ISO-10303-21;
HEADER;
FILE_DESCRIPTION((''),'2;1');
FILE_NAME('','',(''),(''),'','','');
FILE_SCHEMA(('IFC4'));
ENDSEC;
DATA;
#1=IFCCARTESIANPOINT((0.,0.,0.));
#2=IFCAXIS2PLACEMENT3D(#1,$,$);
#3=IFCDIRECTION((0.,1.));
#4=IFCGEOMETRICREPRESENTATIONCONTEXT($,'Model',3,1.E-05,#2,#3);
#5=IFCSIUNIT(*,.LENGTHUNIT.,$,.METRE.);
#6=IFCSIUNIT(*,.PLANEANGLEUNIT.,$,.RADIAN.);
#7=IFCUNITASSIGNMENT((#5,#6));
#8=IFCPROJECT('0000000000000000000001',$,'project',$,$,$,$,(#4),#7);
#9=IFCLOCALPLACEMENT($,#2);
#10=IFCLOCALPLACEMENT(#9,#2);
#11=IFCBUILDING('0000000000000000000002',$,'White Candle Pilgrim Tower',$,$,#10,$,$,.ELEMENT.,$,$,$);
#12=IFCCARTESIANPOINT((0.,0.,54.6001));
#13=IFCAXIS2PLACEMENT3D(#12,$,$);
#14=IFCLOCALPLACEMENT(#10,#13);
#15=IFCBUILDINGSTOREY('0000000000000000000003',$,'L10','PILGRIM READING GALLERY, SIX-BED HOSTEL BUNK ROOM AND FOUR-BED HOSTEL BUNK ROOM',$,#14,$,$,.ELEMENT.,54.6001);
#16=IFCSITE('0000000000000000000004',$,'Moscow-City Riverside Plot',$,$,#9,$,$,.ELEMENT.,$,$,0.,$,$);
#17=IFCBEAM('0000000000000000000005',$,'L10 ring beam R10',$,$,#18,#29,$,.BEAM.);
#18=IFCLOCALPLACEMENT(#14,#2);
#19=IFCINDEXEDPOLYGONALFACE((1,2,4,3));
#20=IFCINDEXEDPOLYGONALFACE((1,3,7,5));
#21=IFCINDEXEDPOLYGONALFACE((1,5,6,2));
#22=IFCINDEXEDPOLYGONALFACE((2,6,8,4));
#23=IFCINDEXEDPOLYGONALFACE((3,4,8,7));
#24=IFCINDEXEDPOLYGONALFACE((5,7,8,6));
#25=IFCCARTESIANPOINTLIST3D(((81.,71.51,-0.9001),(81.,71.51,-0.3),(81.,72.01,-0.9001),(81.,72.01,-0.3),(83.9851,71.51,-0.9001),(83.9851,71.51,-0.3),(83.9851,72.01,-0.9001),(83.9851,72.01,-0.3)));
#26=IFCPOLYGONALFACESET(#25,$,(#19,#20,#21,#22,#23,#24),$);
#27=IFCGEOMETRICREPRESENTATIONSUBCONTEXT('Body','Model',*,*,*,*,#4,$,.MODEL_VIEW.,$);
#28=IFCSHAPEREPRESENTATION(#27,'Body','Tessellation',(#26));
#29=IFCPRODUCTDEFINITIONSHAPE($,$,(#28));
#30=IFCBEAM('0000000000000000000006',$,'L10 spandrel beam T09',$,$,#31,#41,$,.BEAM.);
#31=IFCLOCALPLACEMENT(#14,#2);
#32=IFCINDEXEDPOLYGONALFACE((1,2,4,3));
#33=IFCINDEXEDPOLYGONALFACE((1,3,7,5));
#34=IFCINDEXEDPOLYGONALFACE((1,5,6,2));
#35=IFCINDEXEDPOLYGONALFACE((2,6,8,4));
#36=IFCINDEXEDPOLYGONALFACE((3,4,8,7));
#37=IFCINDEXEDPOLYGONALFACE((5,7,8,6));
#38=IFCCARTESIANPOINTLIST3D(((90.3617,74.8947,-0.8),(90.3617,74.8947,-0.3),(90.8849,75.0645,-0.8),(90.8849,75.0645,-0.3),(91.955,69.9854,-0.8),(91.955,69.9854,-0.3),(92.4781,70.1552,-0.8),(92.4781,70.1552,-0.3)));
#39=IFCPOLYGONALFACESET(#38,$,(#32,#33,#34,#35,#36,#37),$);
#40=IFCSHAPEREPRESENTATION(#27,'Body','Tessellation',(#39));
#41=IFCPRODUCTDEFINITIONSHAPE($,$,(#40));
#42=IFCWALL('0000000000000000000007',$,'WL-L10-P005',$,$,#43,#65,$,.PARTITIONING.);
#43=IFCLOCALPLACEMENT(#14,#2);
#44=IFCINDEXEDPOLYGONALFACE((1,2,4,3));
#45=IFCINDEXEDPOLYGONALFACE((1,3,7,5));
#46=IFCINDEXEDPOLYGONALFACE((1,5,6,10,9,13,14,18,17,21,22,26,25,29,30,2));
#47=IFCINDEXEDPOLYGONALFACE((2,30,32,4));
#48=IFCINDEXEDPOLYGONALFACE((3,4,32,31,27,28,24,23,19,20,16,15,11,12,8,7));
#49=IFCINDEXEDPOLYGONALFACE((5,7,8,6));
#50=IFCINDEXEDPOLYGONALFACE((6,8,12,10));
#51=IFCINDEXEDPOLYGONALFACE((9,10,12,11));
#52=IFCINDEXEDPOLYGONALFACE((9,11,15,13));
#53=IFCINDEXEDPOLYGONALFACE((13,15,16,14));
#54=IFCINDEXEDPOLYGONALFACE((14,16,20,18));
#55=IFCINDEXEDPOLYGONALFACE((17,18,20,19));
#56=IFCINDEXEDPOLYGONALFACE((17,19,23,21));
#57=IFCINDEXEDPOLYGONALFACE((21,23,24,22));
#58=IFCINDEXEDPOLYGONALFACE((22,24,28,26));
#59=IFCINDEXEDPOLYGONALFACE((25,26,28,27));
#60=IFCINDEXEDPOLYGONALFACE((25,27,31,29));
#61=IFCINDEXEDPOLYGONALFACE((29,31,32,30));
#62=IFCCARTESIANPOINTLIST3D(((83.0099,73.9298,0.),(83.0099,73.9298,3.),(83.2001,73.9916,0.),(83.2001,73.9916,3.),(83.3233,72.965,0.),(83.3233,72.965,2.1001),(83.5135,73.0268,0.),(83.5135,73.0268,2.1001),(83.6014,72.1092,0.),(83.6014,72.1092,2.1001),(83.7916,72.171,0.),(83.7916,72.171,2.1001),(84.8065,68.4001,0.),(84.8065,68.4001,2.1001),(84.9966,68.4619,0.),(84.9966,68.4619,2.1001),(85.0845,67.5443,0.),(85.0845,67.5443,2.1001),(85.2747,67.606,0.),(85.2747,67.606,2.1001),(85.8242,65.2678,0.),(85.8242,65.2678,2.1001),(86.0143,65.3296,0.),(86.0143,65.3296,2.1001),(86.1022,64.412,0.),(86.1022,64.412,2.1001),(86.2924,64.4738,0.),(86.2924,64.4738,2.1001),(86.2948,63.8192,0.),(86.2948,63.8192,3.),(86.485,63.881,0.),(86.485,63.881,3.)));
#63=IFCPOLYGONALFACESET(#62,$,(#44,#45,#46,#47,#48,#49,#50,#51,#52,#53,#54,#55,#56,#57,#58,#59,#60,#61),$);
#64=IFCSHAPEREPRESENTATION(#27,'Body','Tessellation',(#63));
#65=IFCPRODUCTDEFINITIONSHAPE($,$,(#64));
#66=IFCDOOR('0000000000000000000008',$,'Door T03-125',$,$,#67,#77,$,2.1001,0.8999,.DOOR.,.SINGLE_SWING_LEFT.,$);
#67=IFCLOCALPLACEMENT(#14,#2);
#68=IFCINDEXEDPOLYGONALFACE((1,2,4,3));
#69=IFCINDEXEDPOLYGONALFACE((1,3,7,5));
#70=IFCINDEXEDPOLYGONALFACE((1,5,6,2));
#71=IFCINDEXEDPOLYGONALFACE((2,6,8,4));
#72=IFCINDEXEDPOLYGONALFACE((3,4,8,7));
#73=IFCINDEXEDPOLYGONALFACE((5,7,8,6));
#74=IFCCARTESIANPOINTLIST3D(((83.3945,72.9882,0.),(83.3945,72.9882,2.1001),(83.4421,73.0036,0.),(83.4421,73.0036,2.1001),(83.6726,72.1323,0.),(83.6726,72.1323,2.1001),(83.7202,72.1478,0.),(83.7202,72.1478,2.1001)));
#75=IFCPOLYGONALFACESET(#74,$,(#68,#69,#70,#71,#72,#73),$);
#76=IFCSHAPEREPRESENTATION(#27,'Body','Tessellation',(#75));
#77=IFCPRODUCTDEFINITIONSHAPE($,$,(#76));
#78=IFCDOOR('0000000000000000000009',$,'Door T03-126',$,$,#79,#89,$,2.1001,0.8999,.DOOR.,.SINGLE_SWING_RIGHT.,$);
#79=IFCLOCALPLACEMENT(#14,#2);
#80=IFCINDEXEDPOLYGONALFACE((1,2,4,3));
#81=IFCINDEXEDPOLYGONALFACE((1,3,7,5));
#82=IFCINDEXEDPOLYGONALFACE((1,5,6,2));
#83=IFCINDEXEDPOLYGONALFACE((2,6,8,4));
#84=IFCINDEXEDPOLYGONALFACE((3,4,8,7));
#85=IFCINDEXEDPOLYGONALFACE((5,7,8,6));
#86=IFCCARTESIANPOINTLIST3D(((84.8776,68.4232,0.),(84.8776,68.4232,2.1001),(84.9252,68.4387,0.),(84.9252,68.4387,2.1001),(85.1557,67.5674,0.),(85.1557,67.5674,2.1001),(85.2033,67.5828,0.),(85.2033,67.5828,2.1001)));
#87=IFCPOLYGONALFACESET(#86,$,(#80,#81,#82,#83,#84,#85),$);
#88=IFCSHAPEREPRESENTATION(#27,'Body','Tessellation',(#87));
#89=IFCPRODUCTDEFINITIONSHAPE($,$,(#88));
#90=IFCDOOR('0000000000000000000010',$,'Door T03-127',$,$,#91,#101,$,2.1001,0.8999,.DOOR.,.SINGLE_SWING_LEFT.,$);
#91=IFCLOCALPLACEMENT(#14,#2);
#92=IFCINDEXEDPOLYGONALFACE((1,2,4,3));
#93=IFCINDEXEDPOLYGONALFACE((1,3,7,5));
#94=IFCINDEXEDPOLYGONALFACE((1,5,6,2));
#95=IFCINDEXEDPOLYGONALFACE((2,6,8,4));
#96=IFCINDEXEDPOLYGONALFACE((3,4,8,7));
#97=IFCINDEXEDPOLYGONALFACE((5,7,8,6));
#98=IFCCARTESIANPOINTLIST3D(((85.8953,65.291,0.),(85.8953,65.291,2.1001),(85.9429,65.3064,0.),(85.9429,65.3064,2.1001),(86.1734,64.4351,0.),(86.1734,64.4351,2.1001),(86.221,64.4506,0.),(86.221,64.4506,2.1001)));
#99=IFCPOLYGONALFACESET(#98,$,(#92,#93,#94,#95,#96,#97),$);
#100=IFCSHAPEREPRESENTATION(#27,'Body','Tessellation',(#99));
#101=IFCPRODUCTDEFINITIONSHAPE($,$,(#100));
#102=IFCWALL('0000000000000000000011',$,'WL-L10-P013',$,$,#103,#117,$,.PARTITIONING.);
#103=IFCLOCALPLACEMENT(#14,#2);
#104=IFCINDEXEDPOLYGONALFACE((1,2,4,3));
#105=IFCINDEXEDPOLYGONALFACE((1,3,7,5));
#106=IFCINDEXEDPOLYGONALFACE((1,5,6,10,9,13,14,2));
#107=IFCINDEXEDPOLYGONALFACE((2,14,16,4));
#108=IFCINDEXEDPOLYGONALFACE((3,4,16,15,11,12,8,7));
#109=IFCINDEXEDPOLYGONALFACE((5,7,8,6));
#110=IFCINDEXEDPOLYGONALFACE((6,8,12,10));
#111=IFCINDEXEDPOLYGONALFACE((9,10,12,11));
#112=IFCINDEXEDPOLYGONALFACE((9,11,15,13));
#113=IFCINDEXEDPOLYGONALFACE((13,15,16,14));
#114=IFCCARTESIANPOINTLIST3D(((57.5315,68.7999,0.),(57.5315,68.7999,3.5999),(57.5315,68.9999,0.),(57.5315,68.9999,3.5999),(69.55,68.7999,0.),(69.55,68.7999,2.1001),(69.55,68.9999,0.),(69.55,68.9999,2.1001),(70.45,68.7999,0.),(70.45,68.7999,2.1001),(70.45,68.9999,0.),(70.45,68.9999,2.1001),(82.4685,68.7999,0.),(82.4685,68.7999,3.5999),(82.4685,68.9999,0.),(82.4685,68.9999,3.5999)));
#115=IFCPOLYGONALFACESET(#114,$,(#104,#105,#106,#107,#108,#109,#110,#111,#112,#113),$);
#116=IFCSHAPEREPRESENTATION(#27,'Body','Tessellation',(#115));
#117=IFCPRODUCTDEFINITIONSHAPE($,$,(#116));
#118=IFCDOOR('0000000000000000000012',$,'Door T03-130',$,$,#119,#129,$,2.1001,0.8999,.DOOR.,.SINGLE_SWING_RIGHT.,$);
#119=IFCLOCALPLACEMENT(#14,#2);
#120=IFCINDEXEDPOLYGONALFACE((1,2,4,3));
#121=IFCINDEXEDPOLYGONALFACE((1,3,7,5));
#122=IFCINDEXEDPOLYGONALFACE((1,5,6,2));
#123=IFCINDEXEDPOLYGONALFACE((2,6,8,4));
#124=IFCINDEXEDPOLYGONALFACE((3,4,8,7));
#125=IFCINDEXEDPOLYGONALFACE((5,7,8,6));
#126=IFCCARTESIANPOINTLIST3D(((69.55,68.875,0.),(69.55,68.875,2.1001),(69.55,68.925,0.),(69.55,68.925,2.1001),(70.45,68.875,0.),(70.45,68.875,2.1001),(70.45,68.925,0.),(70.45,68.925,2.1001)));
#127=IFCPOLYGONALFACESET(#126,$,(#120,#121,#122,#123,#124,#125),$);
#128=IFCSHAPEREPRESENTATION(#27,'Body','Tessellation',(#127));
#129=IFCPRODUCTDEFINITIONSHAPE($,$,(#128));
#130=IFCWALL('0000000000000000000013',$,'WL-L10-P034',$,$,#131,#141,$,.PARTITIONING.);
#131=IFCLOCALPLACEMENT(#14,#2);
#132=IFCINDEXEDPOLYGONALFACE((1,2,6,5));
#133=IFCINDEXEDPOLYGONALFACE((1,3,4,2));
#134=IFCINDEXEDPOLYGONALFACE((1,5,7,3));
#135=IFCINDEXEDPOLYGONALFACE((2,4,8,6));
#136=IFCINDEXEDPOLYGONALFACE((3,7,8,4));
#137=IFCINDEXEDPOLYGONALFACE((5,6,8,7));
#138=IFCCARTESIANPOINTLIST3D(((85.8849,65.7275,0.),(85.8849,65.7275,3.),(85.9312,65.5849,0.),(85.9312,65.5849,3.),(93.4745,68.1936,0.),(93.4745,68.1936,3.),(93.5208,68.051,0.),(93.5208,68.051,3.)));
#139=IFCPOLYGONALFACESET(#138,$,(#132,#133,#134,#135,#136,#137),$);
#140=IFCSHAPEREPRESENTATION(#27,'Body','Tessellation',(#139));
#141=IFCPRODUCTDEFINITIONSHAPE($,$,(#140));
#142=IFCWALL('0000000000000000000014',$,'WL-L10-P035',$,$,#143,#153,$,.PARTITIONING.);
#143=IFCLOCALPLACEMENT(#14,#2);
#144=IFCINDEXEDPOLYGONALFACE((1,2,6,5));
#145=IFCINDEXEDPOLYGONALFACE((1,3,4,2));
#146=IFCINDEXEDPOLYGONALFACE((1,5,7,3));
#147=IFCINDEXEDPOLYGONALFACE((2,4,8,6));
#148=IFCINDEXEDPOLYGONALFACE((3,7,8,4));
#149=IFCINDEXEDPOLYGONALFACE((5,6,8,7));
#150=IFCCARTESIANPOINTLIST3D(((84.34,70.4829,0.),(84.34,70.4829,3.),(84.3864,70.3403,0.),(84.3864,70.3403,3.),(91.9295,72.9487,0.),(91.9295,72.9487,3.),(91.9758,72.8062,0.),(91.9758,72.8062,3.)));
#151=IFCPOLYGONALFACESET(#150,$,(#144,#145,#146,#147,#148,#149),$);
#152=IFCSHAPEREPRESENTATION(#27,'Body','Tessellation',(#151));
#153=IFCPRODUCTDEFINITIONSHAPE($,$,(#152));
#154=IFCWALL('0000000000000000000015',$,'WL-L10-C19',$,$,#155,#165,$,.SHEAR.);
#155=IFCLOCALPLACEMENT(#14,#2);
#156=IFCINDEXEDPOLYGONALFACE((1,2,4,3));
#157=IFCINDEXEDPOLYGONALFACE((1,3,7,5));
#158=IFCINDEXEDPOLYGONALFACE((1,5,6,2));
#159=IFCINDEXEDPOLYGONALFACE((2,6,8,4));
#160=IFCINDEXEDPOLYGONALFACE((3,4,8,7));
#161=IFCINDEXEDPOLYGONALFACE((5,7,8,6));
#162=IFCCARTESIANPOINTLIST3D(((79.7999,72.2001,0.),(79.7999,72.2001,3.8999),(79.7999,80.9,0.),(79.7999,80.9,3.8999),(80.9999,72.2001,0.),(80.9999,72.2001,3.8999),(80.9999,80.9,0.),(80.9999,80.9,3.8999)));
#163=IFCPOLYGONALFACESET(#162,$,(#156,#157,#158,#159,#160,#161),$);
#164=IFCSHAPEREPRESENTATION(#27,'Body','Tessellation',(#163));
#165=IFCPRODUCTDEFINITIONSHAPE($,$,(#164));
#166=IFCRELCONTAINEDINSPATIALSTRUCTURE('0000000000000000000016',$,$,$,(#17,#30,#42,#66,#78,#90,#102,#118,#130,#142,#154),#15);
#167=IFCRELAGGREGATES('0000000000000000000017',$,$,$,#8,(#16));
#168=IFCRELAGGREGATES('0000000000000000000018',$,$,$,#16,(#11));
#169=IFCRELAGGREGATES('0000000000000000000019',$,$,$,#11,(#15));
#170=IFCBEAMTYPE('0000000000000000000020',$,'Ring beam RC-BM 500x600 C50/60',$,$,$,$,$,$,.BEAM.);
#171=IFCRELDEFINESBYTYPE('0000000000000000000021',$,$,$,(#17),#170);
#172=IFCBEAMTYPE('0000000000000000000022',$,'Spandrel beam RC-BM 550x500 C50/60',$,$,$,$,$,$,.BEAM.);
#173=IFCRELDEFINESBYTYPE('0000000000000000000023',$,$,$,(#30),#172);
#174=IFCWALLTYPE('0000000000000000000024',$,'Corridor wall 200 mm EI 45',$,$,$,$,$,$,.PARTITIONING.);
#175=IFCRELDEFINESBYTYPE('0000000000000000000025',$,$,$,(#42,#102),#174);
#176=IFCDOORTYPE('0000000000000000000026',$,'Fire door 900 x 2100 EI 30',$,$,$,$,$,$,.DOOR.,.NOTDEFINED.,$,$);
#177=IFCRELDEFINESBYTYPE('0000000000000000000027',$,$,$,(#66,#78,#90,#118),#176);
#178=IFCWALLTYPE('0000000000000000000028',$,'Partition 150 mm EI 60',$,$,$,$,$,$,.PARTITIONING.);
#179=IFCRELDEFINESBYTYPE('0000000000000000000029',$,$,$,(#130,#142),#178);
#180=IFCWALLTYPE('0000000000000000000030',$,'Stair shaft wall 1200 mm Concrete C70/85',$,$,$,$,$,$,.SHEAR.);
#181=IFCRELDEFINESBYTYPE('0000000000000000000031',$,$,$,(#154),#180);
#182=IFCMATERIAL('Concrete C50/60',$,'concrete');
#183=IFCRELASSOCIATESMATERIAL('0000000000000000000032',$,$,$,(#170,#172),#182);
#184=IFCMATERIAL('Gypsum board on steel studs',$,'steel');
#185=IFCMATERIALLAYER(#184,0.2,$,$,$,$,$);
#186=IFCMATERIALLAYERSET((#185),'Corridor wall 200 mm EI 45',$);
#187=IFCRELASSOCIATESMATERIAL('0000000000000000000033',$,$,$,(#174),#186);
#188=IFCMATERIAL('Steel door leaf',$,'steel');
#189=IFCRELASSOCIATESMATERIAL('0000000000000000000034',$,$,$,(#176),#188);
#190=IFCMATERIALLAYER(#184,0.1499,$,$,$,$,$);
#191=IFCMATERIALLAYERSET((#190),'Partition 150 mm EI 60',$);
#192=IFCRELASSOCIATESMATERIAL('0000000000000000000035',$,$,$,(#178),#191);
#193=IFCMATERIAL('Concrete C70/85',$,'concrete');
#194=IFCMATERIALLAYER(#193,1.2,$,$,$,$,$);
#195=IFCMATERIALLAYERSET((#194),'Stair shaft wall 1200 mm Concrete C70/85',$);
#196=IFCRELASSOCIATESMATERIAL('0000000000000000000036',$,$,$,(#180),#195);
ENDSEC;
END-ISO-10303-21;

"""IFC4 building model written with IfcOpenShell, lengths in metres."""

from ifc_helpers import new_model, si_unit, direction, frame, frame_2d, origin, origin_2d, place, context, subcontext, project, spatial, rectangle, extrude, material, layer, layer_set, material_profile, profile_set, type_object, element, fill, save


model = new_model("IFC4")

# Units and contexts
model_context = context("Model", 3, precision=1e-05, world=origin(), true_north=direction((0.0, 1.0)))
body_context = subcontext(model_context, "Body", "Model", "MODEL_VIEW")
ifc_project = project(units=[si_unit("LENGTHUNIT", "METRE"), si_unit("PLANEANGLEUNIT", "RADIAN")], contexts=[model_context])

# Site, building, storey
site_placement = place(None, origin())
site = spatial("IfcSite", under=ifc_project, at=site_placement, Name="Moscow-City Riverside Plot", CompositionType="ELEMENT", RefElevation=0.0)
building_placement = place(site_placement, origin())
building = spatial("IfcBuilding", under=site, at=building_placement, Name="White Candle Pilgrim Tower", CompositionType="ELEMENT")
storey_placement = place(building_placement, frame((0.0, 0.0, 54.6001)))
storey = spatial("IfcBuildingStorey", under=building, at=storey_placement, Name="L10", Description="PILGRIM READING GALLERY, SIX-BED HOSTEL BUNK ROOM AND FOUR-BED HOSTEL BUNK ROOM", CompositionType="ELEMENT", Elevation=54.6001)

# Beams
ifc_material_1 = material(Name="Concrete C50/60", Category="concrete")
ifc_material_profile_1 = material_profile(ifc_material_1, rectangle(XDim=0.5, YDim=0.6001, at=origin_2d()), Name="RC-BM 500x600")
ifc_profile_set_1 = profile_set([ifc_material_profile_1], Name="Concrete C50/60")
beam_type_1 = type_object("IfcBeamType", Name="Ring beam RC-BM 500x600 C50/60", PredefinedType="BEAM", material=ifc_profile_set_1)
beam_1_placement = place(storey_placement, frame((83.9851, 71.76, -0.6001), z_axis=(-1.0, 0.0, 0.0), x_axis=(0.0, -1.0, 0.0)))
element("IfcBeam", 1, at=beam_1_placement, inside=storey, type_object=beam_type_1, Name="L10 ring beam R10", PredefinedType="BEAM", context=body_context, shape_type="SweptSolid", body=[
    extrude(rectangle(XDim=0.5, YDim=0.6001, at=origin_2d()), origin(), (0.0, 0.0, 1.0), 2.9851),
])
ifc_material_profile_2 = material_profile(ifc_material_1, rectangle(XDim=0.55, YDim=0.5, at=origin_2d()), Name="RC-BM 550x500")
ifc_profile_set_2 = profile_set([ifc_material_profile_2], Name="Concrete C50/60")
beam_type_2 = type_object("IfcBeamType", Name="Spandrel beam RC-BM 550x500 C50/60", PredefinedType="BEAM", material=ifc_profile_set_2)
beam_2_placement = place(storey_placement, frame((92.2166, 70.0703, -0.55), z_axis=(-0.308683, 0.951165, 0.0), x_axis=(-0.951165, -0.308683, 0.0)))
element("IfcBeam", 2, at=beam_2_placement, inside=storey, type_object=beam_type_2, Name="L10 spandrel beam T09", PredefinedType="BEAM", context=body_context, shape_type="SweptSolid", body=[
    extrude(rectangle(XDim=0.55, YDim=0.5, at=origin_2d()), origin(), (0.0, 0.0, 1.0), 5.1614),
])

# Wall, openings, doors
ifc_material_2 = material(Name="Gypsum board on steel studs", Category="steel")
ifc_layer_1 = layer(ifc_material_2, 0.2)
ifc_layer_set_1 = layer_set([ifc_layer_1], Name="Corridor wall 200 mm EI 45")
wall_type_1 = type_object("IfcWallType", Name="Corridor wall 200 mm EI 45", PredefinedType="PARTITIONING", material=ifc_layer_set_1)
wall_1_placement = place(storey_placement, frame((83.105, 73.9607, 0.0), z_axis=(0.0, 0.0, 1.0), x_axis=(0.308998, -0.951063, 0.0)))
wall_1 = element("IfcWall", 3, at=wall_1_placement, inside=storey, type_object=wall_type_1, Name="WL-L10-P005", PredefinedType="PARTITIONING", context=body_context, shape_type="SweptSolid", body=[
    extrude(rectangle(XDim=10.6309, YDim=0.2, at=frame_2d((5.3154, 0.0))), origin(), (0.0, 0.0, 1.0), 3.0),
])
opening_1_placement = place(wall_1_placement, frame((1.0144, 0.0, 0.0)))
opening_1 = element("IfcOpeningElement", 4, at=opening_1_placement, cuts=wall_1, PredefinedType="OPENING", context=body_context, shape_type="SweptSolid", body=[
    extrude(rectangle(XDim=0.8999, YDim=2.1001, at=frame_2d((0.45, 1.05))), frame((0.0, 0.1099, 0.0), z_axis=(0.0, -1.0, 0.0), x_axis=(1.0, 0.0, 0.0)), (0.0, 0.0, 1.0), 0.22),
])
opening_2_placement = place(wall_1_placement, frame((5.8142, 0.0, 0.0)))
opening_2 = element("IfcOpeningElement", 5, at=opening_2_placement, cuts=wall_1, PredefinedType="OPENING", context=body_context, shape_type="SweptSolid", body=[
    extrude(rectangle(XDim=0.8999, YDim=2.1001, at=frame_2d((0.45, 1.05))), frame((0.0, 0.1099, 0.0), z_axis=(0.0, -1.0, 0.0), x_axis=(1.0, 0.0, 0.0)), (0.0, 0.0, 1.0), 0.22),
])
opening_3_placement = place(wall_1_placement, frame((9.1077, 0.0, 0.0)))
opening_3 = element("IfcOpeningElement", 6, at=opening_3_placement, cuts=wall_1, PredefinedType="OPENING", context=body_context, shape_type="SweptSolid", body=[
    extrude(rectangle(XDim=0.8999, YDim=2.1001, at=frame_2d((0.45, 1.05))), frame((0.0, 0.1099, 0.0), z_axis=(0.0, -1.0, 0.0), x_axis=(1.0, 0.0, 0.0)), (0.0, 0.0, 1.0), 0.22),
])
ifc_material_3 = material(Name="Steel door leaf", Category="steel")
door_type = type_object("IfcDoorType", Name="Fire door 900 x 2100 EI 30", OperationType="NOTDEFINED", PredefinedType="DOOR", material=ifc_material_3)
door_1_placement = place(opening_1_placement, origin())
door_1 = element("IfcDoor", 7, at=door_1_placement, inside=storey, type_object=door_type, Name="Door T03-125", OperationType="SINGLE_SWING_LEFT", OverallHeight=2.1001, OverallWidth=0.8999, PredefinedType="DOOR", context=body_context, shape_type="SweptSolid", body=[
    extrude(rectangle(XDim=0.8999, YDim=2.1001, at=frame_2d((0.45, 1.05))), frame((0.0, 0.0249, 0.0), z_axis=(0.0, -1.0, 0.0), x_axis=(1.0, 0.0, 0.0)), (0.0, 0.0, 1.0), 0.05),
])
fill(opening_1, door_1)
door_2_placement = place(opening_2_placement, origin())
door_2 = element("IfcDoor", 8, at=door_2_placement, inside=storey, type_object=door_type, Name="Door T03-126", OperationType="SINGLE_SWING_RIGHT", OverallHeight=2.1001, OverallWidth=0.8999, PredefinedType="DOOR", context=body_context, shape_type="SweptSolid", body=[
    extrude(rectangle(XDim=0.8999, YDim=2.1001, at=frame_2d((0.45, 1.05))), frame((0.0, 0.0249, 0.0), z_axis=(0.0, -1.0, 0.0), x_axis=(1.0, 0.0, 0.0)), (0.0, 0.0, 1.0), 0.05),
])
fill(opening_2, door_2)
door_3_placement = place(opening_3_placement, origin())
door_3 = element("IfcDoor", 9, at=door_3_placement, inside=storey, type_object=door_type, Name="Door T03-127", OperationType="SINGLE_SWING_LEFT", OverallHeight=2.1001, OverallWidth=0.8999, PredefinedType="DOOR", context=body_context, shape_type="SweptSolid", body=[
    extrude(rectangle(XDim=0.8999, YDim=2.1001, at=frame_2d((0.45, 1.05))), frame((0.0, 0.0249, 0.0), z_axis=(0.0, -1.0, 0.0), x_axis=(1.0, 0.0, 0.0)), (0.0, 0.0, 1.0), 0.05),
])
fill(opening_3, door_3)

# Wall, opening, door
wall_2_placement = place(storey_placement, frame((82.4685, 68.8999, 0.0), z_axis=(0.0, 0.0, 1.0), x_axis=(-1.0, 0.0, 0.0)))
wall_2 = element("IfcWall", 10, at=wall_2_placement, inside=storey, type_object=wall_type_1, Name="WL-L10-P013", PredefinedType="PARTITIONING", context=body_context, shape_type="SweptSolid", body=[
    extrude(rectangle(XDim=24.937, YDim=0.2, at=frame_2d((12.4685, 0.0))), origin(), (0.0, 0.0, 1.0), 3.5999),
])
opening_4_placement = place(wall_2_placement, frame((12.0186, 0.0, 0.0)))
opening_4 = element("IfcOpeningElement", 11, at=opening_4_placement, cuts=wall_2, PredefinedType="OPENING", context=body_context, shape_type="SweptSolid", body=[
    extrude(rectangle(XDim=0.8999, YDim=2.1001, at=frame_2d((0.45, 1.05))), frame((0.0, 0.1099, 0.0), z_axis=(0.0, -1.0, 0.0), x_axis=(1.0, 0.0, 0.0)), (0.0, 0.0, 1.0), 0.22),
])
door_4_placement = place(opening_4_placement, origin())
door_4 = element("IfcDoor", 12, at=door_4_placement, inside=storey, type_object=door_type, Name="Door T03-130", OperationType="SINGLE_SWING_RIGHT", OverallHeight=2.1001, OverallWidth=0.8999, PredefinedType="DOOR", context=body_context, shape_type="SweptSolid", body=[
    extrude(rectangle(XDim=0.8999, YDim=2.1001, at=frame_2d((0.45, 1.05))), frame((0.0, 0.0249, 0.0), z_axis=(0.0, -1.0, 0.0), x_axis=(1.0, 0.0, 0.0)), (0.0, 0.0, 1.0), 0.05),
])
fill(opening_4, door_4)

# Walls
ifc_layer_2 = layer(ifc_material_2, 0.1499)
ifc_layer_set_2 = layer_set([ifc_layer_2], Name="Partition 150 mm EI 60")
wall_type_2 = type_object("IfcWallType", Name="Partition 150 mm EI 60", PredefinedType="PARTITIONING", material=ifc_layer_set_2)
wall_3_placement = place(storey_placement, frame((93.4978, 68.1223, 0.0), z_axis=(0.0, 0.0, 1.0), x_axis=(-0.951055, -0.309023, 0.0)))
element("IfcWall", 13, at=wall_3_placement, inside=storey, type_object=wall_type_2, Name="WL-L10-P034", PredefinedType="PARTITIONING", context=body_context, shape_type="SweptSolid", body=[
    extrude(rectangle(XDim=7.9802, YDim=0.1499, at=frame_2d((3.9902, 0.0))), origin(), (0.0, 0.0, 1.0), 3.0),
])
wall_4_placement = place(storey_placement, frame((91.9526, 72.8774, 0.0), z_axis=(0.0, 0.0, 1.0), x_axis=(-0.951061, -0.309004, 0.0)))
element("IfcWall", 14, at=wall_4_placement, inside=storey, type_object=wall_type_2, Name="WL-L10-P035", PredefinedType="PARTITIONING", context=body_context, shape_type="SweptSolid", body=[
    extrude(rectangle(XDim=7.98, YDim=0.1499, at=frame_2d((3.99, 0.0))), origin(), (0.0, 0.0, 1.0), 3.0),
])
ifc_material_4 = material(Name="Concrete C70/85", Category="concrete")
ifc_layer_3 = layer(ifc_material_4, 1.2)
ifc_layer_set_3 = layer_set([ifc_layer_3], Name="Stair shaft wall 1200 mm Concrete C70/85")
wall_type_3 = type_object("IfcWallType", Name="Stair shaft wall 1200 mm Concrete C70/85", PredefinedType="SHEAR", material=ifc_layer_set_3)
wall_5_placement = place(storey_placement, frame((80.3999, 72.2, 0.0), z_axis=(0.0, 0.0, 1.0), x_axis=(0.0, 1.0, 0.0)))
element("IfcWall", 15, at=wall_5_placement, inside=storey, type_object=wall_type_3, Name="WL-L10-C19", PredefinedType="SHEAR", context=body_context, shape_type="SweptSolid", body=[
    extrude(rectangle(XDim=8.7, YDim=1.2, at=frame_2d((4.3501, 0.0))), origin(), (0.0, 0.0, 1.0), 3.8999),
])

save(model, "model.ifc")
